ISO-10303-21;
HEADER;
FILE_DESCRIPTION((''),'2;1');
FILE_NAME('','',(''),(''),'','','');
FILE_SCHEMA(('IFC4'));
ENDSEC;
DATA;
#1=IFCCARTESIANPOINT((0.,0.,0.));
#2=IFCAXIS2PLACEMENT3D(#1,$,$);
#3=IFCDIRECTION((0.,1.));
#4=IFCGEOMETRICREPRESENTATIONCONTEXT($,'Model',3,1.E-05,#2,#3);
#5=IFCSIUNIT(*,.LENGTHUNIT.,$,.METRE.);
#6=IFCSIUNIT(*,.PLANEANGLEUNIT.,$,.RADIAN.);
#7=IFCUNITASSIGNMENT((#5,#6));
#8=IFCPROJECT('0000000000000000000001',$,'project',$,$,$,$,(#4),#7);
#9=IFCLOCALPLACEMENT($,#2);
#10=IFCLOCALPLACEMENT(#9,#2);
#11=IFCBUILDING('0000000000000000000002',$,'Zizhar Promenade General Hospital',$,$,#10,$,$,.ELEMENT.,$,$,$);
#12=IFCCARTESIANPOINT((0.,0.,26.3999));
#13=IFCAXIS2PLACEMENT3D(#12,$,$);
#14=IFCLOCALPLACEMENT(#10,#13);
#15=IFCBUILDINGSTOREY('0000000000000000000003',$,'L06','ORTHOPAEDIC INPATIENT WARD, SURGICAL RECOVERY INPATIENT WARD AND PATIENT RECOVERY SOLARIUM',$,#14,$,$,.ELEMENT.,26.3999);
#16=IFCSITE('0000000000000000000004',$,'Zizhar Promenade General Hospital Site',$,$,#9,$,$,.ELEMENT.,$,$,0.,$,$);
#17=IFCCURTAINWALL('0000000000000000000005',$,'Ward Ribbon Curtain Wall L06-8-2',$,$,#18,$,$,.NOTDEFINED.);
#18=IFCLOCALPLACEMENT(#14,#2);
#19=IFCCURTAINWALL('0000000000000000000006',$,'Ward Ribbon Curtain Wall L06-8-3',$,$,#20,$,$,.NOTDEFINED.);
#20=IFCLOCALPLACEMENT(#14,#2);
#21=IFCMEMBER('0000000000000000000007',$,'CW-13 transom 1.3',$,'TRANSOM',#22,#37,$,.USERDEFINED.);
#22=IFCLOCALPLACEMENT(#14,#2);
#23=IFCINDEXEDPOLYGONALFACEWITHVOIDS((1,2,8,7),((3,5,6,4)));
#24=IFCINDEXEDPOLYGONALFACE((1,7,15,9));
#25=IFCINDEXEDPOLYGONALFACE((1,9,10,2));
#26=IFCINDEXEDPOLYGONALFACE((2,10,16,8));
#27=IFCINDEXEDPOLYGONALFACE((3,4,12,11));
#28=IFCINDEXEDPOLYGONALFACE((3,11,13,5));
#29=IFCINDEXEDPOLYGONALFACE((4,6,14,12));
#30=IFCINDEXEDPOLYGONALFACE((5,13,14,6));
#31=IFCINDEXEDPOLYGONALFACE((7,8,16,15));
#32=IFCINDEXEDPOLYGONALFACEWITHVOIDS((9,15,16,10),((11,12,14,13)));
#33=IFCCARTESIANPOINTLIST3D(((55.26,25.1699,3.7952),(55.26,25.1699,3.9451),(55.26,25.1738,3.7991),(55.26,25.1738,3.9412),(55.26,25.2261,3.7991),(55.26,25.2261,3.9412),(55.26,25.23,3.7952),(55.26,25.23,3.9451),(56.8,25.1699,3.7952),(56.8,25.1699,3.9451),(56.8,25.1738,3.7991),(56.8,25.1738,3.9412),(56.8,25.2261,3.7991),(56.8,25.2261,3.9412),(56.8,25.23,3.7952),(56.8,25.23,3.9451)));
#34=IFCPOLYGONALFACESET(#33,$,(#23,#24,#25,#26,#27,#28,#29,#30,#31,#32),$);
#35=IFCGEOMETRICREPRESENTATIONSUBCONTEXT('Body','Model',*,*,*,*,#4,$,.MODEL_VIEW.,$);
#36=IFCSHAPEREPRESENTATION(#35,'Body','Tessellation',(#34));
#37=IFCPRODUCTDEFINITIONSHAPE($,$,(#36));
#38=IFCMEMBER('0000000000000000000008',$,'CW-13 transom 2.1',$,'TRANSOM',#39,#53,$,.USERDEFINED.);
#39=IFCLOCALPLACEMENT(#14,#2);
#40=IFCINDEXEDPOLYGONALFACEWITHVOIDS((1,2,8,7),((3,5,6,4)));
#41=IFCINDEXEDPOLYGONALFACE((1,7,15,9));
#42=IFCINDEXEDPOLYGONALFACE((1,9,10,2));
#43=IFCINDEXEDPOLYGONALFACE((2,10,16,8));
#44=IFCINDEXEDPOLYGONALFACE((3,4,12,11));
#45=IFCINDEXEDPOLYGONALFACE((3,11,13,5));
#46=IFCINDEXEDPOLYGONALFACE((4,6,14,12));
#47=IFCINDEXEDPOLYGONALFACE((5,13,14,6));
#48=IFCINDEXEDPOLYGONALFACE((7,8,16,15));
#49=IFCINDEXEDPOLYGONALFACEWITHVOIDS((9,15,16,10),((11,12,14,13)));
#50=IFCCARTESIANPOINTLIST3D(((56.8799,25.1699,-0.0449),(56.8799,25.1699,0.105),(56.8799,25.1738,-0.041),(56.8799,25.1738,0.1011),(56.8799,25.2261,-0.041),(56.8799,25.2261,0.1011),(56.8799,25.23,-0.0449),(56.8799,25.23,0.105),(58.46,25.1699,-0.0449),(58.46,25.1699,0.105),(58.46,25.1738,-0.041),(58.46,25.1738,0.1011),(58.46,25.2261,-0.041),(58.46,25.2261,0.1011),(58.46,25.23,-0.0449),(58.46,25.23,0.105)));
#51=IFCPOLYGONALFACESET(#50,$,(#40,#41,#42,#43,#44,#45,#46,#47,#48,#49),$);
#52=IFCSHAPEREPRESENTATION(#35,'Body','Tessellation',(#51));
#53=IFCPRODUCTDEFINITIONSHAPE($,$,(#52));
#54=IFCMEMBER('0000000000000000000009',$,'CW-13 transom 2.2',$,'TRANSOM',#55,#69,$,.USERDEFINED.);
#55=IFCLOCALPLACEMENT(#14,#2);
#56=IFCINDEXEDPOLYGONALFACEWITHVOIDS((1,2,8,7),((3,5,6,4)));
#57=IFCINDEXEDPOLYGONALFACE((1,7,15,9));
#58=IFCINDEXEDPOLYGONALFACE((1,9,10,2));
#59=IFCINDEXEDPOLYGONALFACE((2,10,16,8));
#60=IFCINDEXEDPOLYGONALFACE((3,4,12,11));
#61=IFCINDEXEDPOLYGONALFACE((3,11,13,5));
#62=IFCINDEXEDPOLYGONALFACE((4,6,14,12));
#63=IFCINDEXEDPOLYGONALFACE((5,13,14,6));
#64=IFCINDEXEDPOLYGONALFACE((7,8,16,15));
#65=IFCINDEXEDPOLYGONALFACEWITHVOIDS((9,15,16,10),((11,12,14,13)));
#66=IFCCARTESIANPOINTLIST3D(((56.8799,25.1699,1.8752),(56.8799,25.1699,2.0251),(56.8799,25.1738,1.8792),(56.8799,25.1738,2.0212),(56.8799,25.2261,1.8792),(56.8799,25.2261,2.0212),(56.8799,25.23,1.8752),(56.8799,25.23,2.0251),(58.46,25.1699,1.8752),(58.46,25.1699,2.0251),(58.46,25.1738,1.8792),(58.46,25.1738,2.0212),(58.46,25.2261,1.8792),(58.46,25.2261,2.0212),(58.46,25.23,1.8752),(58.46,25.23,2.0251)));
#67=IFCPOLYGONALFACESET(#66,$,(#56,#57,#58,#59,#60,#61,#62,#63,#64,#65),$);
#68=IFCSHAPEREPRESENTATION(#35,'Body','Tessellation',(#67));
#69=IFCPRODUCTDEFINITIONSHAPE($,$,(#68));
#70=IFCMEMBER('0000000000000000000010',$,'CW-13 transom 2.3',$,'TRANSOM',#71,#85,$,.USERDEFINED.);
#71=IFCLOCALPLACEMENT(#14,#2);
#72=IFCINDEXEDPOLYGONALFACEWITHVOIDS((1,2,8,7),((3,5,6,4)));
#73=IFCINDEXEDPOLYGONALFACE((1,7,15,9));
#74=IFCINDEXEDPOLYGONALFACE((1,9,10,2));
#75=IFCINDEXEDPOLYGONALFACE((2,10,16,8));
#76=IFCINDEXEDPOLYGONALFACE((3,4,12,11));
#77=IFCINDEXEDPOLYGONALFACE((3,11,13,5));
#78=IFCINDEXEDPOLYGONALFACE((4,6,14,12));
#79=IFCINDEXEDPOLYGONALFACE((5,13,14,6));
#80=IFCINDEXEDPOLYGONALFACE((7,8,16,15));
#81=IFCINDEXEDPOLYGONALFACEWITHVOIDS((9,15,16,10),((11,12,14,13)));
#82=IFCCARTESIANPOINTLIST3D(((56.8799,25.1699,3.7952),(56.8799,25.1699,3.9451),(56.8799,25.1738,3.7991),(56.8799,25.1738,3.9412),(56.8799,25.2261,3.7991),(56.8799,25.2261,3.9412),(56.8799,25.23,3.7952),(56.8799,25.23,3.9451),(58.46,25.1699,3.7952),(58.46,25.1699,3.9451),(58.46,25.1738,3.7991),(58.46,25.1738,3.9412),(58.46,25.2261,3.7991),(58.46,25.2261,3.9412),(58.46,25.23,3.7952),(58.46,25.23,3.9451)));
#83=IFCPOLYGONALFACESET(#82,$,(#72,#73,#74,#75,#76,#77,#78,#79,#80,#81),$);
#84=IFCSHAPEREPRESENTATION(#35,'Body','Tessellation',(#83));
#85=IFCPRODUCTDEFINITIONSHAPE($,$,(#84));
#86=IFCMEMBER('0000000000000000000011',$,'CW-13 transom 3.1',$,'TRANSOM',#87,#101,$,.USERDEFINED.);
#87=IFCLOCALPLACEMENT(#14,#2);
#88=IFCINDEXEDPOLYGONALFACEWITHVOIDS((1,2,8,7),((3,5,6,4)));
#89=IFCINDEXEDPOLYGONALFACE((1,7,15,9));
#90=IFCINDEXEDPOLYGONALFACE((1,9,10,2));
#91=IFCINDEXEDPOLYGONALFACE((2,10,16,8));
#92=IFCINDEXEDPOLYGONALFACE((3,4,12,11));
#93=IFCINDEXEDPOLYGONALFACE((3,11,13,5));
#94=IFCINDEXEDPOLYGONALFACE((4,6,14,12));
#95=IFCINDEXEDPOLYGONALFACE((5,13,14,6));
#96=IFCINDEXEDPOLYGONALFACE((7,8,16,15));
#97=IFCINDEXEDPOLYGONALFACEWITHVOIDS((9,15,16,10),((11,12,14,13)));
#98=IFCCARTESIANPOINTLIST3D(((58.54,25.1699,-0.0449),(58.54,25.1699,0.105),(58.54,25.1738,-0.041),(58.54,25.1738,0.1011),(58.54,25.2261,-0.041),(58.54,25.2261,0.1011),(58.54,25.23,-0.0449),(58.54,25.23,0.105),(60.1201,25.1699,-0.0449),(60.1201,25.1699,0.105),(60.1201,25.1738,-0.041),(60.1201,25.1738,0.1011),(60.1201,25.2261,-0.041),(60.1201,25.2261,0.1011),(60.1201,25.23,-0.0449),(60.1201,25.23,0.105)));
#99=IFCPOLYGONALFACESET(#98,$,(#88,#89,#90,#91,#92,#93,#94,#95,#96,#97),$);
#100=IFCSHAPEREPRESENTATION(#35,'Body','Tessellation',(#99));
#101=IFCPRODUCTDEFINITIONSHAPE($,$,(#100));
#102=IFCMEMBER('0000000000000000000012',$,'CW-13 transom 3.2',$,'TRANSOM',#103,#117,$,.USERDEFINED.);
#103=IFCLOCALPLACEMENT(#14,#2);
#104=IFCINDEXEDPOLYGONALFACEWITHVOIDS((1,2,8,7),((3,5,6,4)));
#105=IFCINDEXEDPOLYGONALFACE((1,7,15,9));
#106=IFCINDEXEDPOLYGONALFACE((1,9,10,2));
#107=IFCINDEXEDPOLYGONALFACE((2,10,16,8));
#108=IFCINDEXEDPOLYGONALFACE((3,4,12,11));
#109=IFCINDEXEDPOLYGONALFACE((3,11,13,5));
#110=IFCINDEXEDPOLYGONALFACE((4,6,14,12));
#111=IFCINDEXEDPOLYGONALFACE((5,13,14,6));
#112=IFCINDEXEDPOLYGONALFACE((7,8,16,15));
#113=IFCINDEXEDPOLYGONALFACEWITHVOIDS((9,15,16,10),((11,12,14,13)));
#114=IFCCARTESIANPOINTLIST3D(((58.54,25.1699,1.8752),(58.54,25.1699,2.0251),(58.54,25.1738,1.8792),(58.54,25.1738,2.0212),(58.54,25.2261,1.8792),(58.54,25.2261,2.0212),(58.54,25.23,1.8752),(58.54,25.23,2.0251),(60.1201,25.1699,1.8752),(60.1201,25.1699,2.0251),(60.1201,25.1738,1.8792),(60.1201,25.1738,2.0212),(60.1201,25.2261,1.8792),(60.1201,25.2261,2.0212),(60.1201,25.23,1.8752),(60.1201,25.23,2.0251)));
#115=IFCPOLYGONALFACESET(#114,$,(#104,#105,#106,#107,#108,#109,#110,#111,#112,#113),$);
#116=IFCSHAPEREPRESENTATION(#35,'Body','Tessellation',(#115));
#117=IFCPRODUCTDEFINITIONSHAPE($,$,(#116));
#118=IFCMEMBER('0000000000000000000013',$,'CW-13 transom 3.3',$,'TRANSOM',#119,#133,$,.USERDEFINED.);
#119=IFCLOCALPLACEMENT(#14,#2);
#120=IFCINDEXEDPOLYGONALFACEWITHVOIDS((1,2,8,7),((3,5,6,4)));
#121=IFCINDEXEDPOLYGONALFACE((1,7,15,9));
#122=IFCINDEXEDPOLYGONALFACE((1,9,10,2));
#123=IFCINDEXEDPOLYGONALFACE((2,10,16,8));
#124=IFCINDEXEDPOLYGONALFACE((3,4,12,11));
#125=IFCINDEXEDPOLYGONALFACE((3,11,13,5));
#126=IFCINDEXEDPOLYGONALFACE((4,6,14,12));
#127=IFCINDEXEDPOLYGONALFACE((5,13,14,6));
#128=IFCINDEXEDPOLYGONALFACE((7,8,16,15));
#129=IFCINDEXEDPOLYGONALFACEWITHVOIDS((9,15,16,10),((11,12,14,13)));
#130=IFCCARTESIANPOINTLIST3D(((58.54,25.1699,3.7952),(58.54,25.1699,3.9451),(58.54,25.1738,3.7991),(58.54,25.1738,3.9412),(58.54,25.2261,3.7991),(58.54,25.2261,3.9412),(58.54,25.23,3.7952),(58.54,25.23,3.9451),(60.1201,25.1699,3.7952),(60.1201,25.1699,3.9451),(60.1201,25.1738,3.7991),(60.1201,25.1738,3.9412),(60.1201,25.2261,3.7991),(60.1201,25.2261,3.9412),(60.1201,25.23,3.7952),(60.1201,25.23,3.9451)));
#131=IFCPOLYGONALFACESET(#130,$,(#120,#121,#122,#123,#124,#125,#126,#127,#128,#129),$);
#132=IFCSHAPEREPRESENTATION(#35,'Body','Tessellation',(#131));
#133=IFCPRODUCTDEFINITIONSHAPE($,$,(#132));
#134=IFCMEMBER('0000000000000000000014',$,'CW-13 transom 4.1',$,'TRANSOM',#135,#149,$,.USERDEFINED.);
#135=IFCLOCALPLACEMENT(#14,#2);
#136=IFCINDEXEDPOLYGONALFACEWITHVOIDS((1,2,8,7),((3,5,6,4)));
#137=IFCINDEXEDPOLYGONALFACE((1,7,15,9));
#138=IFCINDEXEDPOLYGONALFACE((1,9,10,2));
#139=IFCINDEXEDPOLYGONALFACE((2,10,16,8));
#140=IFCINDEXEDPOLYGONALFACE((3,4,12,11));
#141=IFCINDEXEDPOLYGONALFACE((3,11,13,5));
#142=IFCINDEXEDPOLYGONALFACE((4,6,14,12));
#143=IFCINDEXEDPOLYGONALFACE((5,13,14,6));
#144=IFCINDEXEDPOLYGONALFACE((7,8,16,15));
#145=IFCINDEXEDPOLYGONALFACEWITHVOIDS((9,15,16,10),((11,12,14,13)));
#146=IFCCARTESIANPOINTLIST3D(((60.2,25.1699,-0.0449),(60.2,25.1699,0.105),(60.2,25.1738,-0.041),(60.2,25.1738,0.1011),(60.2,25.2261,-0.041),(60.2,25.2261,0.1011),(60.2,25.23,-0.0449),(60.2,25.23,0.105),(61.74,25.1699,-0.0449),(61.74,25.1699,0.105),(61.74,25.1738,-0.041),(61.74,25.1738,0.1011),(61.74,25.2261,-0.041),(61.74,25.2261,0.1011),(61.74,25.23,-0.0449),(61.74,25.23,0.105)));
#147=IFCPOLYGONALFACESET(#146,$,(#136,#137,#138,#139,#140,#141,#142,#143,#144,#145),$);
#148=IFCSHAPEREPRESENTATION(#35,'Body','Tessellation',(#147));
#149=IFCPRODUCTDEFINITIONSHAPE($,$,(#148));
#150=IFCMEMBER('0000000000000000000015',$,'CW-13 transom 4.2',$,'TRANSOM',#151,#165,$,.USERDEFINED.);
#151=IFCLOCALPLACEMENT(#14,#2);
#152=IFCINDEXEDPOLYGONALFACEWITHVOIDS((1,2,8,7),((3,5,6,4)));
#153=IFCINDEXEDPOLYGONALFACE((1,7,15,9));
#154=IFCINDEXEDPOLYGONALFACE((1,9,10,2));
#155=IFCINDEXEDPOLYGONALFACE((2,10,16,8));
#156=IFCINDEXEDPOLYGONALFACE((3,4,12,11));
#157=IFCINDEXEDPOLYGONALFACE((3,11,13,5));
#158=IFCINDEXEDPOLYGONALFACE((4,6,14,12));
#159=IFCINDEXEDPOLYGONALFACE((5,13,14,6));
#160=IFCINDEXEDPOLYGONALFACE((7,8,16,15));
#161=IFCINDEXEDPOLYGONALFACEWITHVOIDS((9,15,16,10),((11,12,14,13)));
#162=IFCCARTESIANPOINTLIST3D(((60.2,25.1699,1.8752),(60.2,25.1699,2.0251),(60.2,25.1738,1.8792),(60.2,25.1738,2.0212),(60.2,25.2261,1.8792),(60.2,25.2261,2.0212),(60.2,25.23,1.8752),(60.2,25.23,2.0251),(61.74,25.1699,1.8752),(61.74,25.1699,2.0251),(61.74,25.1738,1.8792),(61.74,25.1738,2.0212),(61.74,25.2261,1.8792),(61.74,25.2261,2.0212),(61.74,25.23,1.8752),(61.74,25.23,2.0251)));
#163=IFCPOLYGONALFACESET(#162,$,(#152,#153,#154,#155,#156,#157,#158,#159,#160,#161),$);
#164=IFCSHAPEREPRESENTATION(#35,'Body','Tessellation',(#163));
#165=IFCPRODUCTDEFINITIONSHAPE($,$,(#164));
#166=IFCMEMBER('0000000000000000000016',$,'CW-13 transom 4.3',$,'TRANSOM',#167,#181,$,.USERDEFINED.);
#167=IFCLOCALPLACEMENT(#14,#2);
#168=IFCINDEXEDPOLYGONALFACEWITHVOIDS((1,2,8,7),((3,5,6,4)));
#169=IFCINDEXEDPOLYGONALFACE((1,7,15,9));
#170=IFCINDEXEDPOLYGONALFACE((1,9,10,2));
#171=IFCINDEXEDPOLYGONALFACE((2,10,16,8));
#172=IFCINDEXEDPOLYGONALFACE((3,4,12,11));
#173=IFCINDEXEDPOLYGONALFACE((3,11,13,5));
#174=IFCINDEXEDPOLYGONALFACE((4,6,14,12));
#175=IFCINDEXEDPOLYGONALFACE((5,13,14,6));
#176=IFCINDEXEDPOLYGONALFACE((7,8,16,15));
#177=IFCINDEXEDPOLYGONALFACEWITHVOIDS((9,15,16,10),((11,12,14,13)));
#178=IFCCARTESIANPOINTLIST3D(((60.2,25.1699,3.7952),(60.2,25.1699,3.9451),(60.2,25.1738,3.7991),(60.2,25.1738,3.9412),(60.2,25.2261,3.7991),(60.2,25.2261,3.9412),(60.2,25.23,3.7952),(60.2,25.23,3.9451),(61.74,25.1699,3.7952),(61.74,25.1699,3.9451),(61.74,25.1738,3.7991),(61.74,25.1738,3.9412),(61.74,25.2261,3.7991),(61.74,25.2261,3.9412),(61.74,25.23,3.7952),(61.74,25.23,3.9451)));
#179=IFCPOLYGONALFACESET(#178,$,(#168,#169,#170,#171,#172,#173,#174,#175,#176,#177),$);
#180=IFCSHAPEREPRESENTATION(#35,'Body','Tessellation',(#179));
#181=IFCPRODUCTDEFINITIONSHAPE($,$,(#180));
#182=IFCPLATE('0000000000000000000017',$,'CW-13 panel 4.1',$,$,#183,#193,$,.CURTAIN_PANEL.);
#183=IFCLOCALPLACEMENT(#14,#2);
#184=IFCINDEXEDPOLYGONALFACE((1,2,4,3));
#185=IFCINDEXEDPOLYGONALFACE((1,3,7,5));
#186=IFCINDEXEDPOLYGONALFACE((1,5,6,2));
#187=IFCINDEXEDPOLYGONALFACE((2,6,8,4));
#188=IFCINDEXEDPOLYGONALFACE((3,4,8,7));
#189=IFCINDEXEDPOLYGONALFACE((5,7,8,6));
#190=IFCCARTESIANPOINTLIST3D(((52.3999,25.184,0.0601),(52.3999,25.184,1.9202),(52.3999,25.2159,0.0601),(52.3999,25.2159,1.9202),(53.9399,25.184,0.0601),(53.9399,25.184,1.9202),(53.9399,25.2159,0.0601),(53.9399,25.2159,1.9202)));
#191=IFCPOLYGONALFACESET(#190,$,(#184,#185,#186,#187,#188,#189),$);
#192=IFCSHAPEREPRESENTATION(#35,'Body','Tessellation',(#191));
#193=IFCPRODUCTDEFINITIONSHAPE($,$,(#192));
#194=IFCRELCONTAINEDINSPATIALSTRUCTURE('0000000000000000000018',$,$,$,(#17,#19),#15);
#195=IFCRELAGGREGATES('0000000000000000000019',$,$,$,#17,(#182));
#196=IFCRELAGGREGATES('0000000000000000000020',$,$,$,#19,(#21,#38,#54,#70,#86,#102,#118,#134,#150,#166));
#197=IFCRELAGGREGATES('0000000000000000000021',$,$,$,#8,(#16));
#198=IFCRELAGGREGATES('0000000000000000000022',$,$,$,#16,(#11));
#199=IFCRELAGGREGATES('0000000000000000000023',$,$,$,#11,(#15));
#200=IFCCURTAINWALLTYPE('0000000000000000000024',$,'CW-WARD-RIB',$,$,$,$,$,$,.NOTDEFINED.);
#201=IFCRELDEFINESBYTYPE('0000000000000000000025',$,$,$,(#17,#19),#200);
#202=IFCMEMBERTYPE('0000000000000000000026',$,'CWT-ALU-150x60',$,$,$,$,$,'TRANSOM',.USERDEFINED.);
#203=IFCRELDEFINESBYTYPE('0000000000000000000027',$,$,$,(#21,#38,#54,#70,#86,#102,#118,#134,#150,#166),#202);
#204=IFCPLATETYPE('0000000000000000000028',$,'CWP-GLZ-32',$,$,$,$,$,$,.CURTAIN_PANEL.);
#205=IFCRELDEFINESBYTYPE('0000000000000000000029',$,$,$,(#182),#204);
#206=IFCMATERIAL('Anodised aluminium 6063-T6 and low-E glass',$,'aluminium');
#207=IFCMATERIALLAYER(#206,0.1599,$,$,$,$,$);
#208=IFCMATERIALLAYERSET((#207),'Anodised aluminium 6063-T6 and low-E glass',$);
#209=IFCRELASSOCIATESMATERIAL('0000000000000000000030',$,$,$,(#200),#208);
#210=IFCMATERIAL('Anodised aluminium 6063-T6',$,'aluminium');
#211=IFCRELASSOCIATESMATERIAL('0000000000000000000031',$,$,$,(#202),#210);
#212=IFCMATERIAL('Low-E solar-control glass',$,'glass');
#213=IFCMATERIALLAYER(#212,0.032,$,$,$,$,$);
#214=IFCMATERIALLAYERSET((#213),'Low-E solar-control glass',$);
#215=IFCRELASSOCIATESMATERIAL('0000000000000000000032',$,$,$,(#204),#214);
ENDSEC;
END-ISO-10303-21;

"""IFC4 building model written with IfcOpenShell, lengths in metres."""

from ifc_helpers import new_model, si_unit, direction, frame, origin, origin_2d, place, context, subcontext, project, spatial, rectangle, hollow_rectangle, extrude, material, layer, layer_set, material_profile, profile_set, type_object, element, aggregate, save


model = new_model("IFC4")

# Units and contexts
model_context = context("Model", 3, precision=1e-05, world=origin(), true_north=direction((0.0, 1.0)))
body_context = subcontext(model_context, "Body", "Model", "MODEL_VIEW")
ifc_project = project(units=[si_unit("LENGTHUNIT", "METRE"), si_unit("PLANEANGLEUNIT", "RADIAN")], contexts=[model_context])

# Site, building, storey
site_placement = place(None, origin())
site = spatial("IfcSite", under=ifc_project, at=site_placement, Name="Zizhar Promenade General Hospital Site", CompositionType="ELEMENT", RefElevation=0.0)
building_placement = place(site_placement, origin())
building = spatial("IfcBuilding", under=site, at=building_placement, Name="Zizhar Promenade General Hospital", CompositionType="ELEMENT")
storey_placement = place(building_placement, frame((0.0, 0.0, 26.3999)))
storey = spatial("IfcBuildingStorey", under=building, at=storey_placement, Name="L06", Description="ORTHOPAEDIC INPATIENT WARD, SURGICAL RECOVERY INPATIENT WARD AND PATIENT RECOVERY SOLARIUM", CompositionType="ELEMENT", Elevation=26.3999)

# Curtain wall
ifc_material_1 = material(Name="Anodised aluminium 6063-T6 and low-E glass", Category="aluminium")
ifc_layer_1 = layer(ifc_material_1, 0.1599)
ifc_layer_set_1 = layer_set([ifc_layer_1], Name="Anodised aluminium 6063-T6 and low-E glass")
curtain_wall_type = type_object("IfcCurtainWallType", Name="CW-WARD-RIB", PredefinedType="NOTDEFINED", material=ifc_layer_set_1)
curtain_wall_1_placement = place(storey_placement, origin())
curtain_wall_1 = element("IfcCurtainWall", 1, at=curtain_wall_1_placement, inside=storey, type_object=curtain_wall_type, Name="Ward Ribbon Curtain Wall L06-8-2", PredefinedType="NOTDEFINED")

# Curtain wall, members
curtain_wall_2_placement = place(storey_placement, origin())
curtain_wall_2 = element("IfcCurtainWall", 2, at=curtain_wall_2_placement, inside=storey, type_object=curtain_wall_type, Name="Ward Ribbon Curtain Wall L06-8-3", PredefinedType="NOTDEFINED")
ifc_material_2 = material(Name="Anodised aluminium 6063-T6", Category="aluminium")
ifc_material_profile_1 = material_profile(ifc_material_2, hollow_rectangle(XDim=0.0601, YDim=0.1499, WallThickness=0.0039, at=origin_2d()))
ifc_profile_set_1 = profile_set([ifc_material_profile_1], Name="Anodised aluminium 6063-T6")
member_type_1 = type_object("IfcMemberType", Name="CWT-ALU-150x60", ElementType="TRANSOM", PredefinedType="USERDEFINED", material=ifc_profile_set_1)
member_1_placement = place(storey_placement, frame((55.26, 25.2, 3.8701), z_axis=(1.0, 0.0, 0.0), x_axis=(0.0, 1.0, 0.0)))
member_1 = element("IfcMember", 3, at=member_1_placement, type_object=member_type_1, Name="CW-13 transom 1.3", ObjectType="TRANSOM", PredefinedType="USERDEFINED", context=body_context, shape_type="SweptSolid", body=[
    extrude(hollow_rectangle(XDim=0.0601, YDim=0.1499, WallThickness=0.0039, at=origin_2d()), origin(), (0.0, 0.0, 1.0), 1.54),
])
member_2_placement = place(storey_placement, frame((56.8799, 25.2, 0.03), z_axis=(1.0, 0.0, 0.0), x_axis=(0.0, 1.0, 0.0)))
member_2 = element("IfcMember", 4, at=member_2_placement, type_object=member_type_1, Name="CW-13 transom 2.1", ObjectType="TRANSOM", PredefinedType="USERDEFINED", context=body_context, shape_type="SweptSolid", body=[
    extrude(hollow_rectangle(XDim=0.0601, YDim=0.1499, WallThickness=0.0039, at=origin_2d()), origin(), (0.0, 0.0, 1.0), 1.5801),
])
member_3_placement = place(storey_placement, frame((56.8799, 25.2, 1.9502), z_axis=(1.0, 0.0, 0.0), x_axis=(0.0, 1.0, 0.0)))
member_3 = element("IfcMember", 5, at=member_3_placement, type_object=member_type_1, Name="CW-13 transom 2.2", ObjectType="TRANSOM", PredefinedType="USERDEFINED", context=body_context, shape_type="SweptSolid", body=[
    extrude(hollow_rectangle(XDim=0.0601, YDim=0.1499, WallThickness=0.0039, at=origin_2d()), origin(), (0.0, 0.0, 1.0), 1.5801),
])
member_4_placement = place(storey_placement, frame((56.8799, 25.2, 3.8701), z_axis=(1.0, 0.0, 0.0), x_axis=(0.0, 1.0, 0.0)))
member_4 = element("IfcMember", 6, at=member_4_placement, type_object=member_type_1, Name="CW-13 transom 2.3", ObjectType="TRANSOM", PredefinedType="USERDEFINED", context=body_context, shape_type="SweptSolid", body=[
    extrude(hollow_rectangle(XDim=0.0601, YDim=0.1499, WallThickness=0.0039, at=origin_2d()), origin(), (0.0, 0.0, 1.0), 1.5801),
])
member_5_placement = place(storey_placement, frame((58.54, 25.2, 0.03), z_axis=(1.0, 0.0, 0.0), x_axis=(0.0, 1.0, 0.0)))
member_5 = element("IfcMember", 7, at=member_5_placement, type_object=member_type_1, Name="CW-13 transom 3.1", ObjectType="TRANSOM", PredefinedType="USERDEFINED", context=body_context, shape_type="SweptSolid", body=[
    extrude(hollow_rectangle(XDim=0.0601, YDim=0.1499, WallThickness=0.0039, at=origin_2d()), origin(), (0.0, 0.0, 1.0), 1.5801),
])
member_6_placement = place(storey_placement, frame((58.54, 25.2, 1.9502), z_axis=(1.0, 0.0, 0.0), x_axis=(0.0, 1.0, 0.0)))
member_6 = element("IfcMember", 8, at=member_6_placement, type_object=member_type_1, Name="CW-13 transom 3.2", ObjectType="TRANSOM", PredefinedType="USERDEFINED", context=body_context, shape_type="SweptSolid", body=[
    extrude(hollow_rectangle(XDim=0.0601, YDim=0.1499, WallThickness=0.0039, at=origin_2d()), origin(), (0.0, 0.0, 1.0), 1.5801),
])
member_7_placement = place(storey_placement, frame((58.54, 25.2, 3.8701), z_axis=(1.0, 0.0, 0.0), x_axis=(0.0, 1.0, 0.0)))
member_7 = element("IfcMember", 9, at=member_7_placement, type_object=member_type_1, Name="CW-13 transom 3.3", ObjectType="TRANSOM", PredefinedType="USERDEFINED", context=body_context, shape_type="SweptSolid", body=[
    extrude(hollow_rectangle(XDim=0.0601, YDim=0.1499, WallThickness=0.0039, at=origin_2d()), origin(), (0.0, 0.0, 1.0), 1.5801),
])
member_8_placement = place(storey_placement, frame((60.2, 25.2, 0.03), z_axis=(1.0, 0.0, 0.0), x_axis=(0.0, 1.0, 0.0)))
member_8 = element("IfcMember", 10, at=member_8_placement, type_object=member_type_1, Name="CW-13 transom 4.1", ObjectType="TRANSOM", PredefinedType="USERDEFINED", context=body_context, shape_type="SweptSolid", body=[
    extrude(hollow_rectangle(XDim=0.0601, YDim=0.1499, WallThickness=0.0039, at=origin_2d()), origin(), (0.0, 0.0, 1.0), 1.54),
])
member_9_placement = place(storey_placement, frame((60.2, 25.2, 1.9502), z_axis=(1.0, 0.0, 0.0), x_axis=(0.0, 1.0, 0.0)))
member_9 = element("IfcMember", 11, at=member_9_placement, type_object=member_type_1, Name="CW-13 transom 4.2", ObjectType="TRANSOM", PredefinedType="USERDEFINED", context=body_context, shape_type="SweptSolid", body=[
    extrude(hollow_rectangle(XDim=0.0601, YDim=0.1499, WallThickness=0.0039, at=origin_2d()), origin(), (0.0, 0.0, 1.0), 1.54),
])
member_10_placement = place(storey_placement, frame((60.2, 25.2, 3.8701), z_axis=(1.0, 0.0, 0.0), x_axis=(0.0, 1.0, 0.0)))
member_10 = element("IfcMember", 12, at=member_10_placement, type_object=member_type_1, Name="CW-13 transom 4.3", ObjectType="TRANSOM", PredefinedType="USERDEFINED", context=body_context, shape_type="SweptSolid", body=[
    extrude(hollow_rectangle(XDim=0.0601, YDim=0.1499, WallThickness=0.0039, at=origin_2d()), origin(), (0.0, 0.0, 1.0), 1.54),
])

# Plate
ifc_material_3 = material(Name="Low-E solar-control glass", Category="glass")
ifc_layer_2 = layer(ifc_material_3, 0.032)
ifc_layer_set_2 = layer_set([ifc_layer_2], Name="Low-E solar-control glass")
plate_type = type_object("IfcPlateType", Name="CWP-GLZ-32", PredefinedType="CURTAIN_PANEL", material=ifc_layer_set_2)
plate_1_placement = place(storey_placement, frame((53.1699, 25.2, 0.0601), z_axis=(0.0, 0.0, 1.0), x_axis=(1.0, 0.0, 0.0)))
plate_1 = element("IfcPlate", 13, at=plate_1_placement, type_object=plate_type, Name="CW-13 panel 4.1", PredefinedType="CURTAIN_PANEL", context=body_context, shape_type="SweptSolid", body=[
    extrude(rectangle(XDim=1.54, YDim=0.032, at=origin_2d()), origin(), (0.0, 0.0, 1.0), 1.8601),
])
aggregate(curtain_wall_1, [plate_1])
aggregate(curtain_wall_2, [member_1, member_2, member_3, member_4, member_5, member_6, member_7, member_8, member_9, member_10])

save(model, "model.ifc")
